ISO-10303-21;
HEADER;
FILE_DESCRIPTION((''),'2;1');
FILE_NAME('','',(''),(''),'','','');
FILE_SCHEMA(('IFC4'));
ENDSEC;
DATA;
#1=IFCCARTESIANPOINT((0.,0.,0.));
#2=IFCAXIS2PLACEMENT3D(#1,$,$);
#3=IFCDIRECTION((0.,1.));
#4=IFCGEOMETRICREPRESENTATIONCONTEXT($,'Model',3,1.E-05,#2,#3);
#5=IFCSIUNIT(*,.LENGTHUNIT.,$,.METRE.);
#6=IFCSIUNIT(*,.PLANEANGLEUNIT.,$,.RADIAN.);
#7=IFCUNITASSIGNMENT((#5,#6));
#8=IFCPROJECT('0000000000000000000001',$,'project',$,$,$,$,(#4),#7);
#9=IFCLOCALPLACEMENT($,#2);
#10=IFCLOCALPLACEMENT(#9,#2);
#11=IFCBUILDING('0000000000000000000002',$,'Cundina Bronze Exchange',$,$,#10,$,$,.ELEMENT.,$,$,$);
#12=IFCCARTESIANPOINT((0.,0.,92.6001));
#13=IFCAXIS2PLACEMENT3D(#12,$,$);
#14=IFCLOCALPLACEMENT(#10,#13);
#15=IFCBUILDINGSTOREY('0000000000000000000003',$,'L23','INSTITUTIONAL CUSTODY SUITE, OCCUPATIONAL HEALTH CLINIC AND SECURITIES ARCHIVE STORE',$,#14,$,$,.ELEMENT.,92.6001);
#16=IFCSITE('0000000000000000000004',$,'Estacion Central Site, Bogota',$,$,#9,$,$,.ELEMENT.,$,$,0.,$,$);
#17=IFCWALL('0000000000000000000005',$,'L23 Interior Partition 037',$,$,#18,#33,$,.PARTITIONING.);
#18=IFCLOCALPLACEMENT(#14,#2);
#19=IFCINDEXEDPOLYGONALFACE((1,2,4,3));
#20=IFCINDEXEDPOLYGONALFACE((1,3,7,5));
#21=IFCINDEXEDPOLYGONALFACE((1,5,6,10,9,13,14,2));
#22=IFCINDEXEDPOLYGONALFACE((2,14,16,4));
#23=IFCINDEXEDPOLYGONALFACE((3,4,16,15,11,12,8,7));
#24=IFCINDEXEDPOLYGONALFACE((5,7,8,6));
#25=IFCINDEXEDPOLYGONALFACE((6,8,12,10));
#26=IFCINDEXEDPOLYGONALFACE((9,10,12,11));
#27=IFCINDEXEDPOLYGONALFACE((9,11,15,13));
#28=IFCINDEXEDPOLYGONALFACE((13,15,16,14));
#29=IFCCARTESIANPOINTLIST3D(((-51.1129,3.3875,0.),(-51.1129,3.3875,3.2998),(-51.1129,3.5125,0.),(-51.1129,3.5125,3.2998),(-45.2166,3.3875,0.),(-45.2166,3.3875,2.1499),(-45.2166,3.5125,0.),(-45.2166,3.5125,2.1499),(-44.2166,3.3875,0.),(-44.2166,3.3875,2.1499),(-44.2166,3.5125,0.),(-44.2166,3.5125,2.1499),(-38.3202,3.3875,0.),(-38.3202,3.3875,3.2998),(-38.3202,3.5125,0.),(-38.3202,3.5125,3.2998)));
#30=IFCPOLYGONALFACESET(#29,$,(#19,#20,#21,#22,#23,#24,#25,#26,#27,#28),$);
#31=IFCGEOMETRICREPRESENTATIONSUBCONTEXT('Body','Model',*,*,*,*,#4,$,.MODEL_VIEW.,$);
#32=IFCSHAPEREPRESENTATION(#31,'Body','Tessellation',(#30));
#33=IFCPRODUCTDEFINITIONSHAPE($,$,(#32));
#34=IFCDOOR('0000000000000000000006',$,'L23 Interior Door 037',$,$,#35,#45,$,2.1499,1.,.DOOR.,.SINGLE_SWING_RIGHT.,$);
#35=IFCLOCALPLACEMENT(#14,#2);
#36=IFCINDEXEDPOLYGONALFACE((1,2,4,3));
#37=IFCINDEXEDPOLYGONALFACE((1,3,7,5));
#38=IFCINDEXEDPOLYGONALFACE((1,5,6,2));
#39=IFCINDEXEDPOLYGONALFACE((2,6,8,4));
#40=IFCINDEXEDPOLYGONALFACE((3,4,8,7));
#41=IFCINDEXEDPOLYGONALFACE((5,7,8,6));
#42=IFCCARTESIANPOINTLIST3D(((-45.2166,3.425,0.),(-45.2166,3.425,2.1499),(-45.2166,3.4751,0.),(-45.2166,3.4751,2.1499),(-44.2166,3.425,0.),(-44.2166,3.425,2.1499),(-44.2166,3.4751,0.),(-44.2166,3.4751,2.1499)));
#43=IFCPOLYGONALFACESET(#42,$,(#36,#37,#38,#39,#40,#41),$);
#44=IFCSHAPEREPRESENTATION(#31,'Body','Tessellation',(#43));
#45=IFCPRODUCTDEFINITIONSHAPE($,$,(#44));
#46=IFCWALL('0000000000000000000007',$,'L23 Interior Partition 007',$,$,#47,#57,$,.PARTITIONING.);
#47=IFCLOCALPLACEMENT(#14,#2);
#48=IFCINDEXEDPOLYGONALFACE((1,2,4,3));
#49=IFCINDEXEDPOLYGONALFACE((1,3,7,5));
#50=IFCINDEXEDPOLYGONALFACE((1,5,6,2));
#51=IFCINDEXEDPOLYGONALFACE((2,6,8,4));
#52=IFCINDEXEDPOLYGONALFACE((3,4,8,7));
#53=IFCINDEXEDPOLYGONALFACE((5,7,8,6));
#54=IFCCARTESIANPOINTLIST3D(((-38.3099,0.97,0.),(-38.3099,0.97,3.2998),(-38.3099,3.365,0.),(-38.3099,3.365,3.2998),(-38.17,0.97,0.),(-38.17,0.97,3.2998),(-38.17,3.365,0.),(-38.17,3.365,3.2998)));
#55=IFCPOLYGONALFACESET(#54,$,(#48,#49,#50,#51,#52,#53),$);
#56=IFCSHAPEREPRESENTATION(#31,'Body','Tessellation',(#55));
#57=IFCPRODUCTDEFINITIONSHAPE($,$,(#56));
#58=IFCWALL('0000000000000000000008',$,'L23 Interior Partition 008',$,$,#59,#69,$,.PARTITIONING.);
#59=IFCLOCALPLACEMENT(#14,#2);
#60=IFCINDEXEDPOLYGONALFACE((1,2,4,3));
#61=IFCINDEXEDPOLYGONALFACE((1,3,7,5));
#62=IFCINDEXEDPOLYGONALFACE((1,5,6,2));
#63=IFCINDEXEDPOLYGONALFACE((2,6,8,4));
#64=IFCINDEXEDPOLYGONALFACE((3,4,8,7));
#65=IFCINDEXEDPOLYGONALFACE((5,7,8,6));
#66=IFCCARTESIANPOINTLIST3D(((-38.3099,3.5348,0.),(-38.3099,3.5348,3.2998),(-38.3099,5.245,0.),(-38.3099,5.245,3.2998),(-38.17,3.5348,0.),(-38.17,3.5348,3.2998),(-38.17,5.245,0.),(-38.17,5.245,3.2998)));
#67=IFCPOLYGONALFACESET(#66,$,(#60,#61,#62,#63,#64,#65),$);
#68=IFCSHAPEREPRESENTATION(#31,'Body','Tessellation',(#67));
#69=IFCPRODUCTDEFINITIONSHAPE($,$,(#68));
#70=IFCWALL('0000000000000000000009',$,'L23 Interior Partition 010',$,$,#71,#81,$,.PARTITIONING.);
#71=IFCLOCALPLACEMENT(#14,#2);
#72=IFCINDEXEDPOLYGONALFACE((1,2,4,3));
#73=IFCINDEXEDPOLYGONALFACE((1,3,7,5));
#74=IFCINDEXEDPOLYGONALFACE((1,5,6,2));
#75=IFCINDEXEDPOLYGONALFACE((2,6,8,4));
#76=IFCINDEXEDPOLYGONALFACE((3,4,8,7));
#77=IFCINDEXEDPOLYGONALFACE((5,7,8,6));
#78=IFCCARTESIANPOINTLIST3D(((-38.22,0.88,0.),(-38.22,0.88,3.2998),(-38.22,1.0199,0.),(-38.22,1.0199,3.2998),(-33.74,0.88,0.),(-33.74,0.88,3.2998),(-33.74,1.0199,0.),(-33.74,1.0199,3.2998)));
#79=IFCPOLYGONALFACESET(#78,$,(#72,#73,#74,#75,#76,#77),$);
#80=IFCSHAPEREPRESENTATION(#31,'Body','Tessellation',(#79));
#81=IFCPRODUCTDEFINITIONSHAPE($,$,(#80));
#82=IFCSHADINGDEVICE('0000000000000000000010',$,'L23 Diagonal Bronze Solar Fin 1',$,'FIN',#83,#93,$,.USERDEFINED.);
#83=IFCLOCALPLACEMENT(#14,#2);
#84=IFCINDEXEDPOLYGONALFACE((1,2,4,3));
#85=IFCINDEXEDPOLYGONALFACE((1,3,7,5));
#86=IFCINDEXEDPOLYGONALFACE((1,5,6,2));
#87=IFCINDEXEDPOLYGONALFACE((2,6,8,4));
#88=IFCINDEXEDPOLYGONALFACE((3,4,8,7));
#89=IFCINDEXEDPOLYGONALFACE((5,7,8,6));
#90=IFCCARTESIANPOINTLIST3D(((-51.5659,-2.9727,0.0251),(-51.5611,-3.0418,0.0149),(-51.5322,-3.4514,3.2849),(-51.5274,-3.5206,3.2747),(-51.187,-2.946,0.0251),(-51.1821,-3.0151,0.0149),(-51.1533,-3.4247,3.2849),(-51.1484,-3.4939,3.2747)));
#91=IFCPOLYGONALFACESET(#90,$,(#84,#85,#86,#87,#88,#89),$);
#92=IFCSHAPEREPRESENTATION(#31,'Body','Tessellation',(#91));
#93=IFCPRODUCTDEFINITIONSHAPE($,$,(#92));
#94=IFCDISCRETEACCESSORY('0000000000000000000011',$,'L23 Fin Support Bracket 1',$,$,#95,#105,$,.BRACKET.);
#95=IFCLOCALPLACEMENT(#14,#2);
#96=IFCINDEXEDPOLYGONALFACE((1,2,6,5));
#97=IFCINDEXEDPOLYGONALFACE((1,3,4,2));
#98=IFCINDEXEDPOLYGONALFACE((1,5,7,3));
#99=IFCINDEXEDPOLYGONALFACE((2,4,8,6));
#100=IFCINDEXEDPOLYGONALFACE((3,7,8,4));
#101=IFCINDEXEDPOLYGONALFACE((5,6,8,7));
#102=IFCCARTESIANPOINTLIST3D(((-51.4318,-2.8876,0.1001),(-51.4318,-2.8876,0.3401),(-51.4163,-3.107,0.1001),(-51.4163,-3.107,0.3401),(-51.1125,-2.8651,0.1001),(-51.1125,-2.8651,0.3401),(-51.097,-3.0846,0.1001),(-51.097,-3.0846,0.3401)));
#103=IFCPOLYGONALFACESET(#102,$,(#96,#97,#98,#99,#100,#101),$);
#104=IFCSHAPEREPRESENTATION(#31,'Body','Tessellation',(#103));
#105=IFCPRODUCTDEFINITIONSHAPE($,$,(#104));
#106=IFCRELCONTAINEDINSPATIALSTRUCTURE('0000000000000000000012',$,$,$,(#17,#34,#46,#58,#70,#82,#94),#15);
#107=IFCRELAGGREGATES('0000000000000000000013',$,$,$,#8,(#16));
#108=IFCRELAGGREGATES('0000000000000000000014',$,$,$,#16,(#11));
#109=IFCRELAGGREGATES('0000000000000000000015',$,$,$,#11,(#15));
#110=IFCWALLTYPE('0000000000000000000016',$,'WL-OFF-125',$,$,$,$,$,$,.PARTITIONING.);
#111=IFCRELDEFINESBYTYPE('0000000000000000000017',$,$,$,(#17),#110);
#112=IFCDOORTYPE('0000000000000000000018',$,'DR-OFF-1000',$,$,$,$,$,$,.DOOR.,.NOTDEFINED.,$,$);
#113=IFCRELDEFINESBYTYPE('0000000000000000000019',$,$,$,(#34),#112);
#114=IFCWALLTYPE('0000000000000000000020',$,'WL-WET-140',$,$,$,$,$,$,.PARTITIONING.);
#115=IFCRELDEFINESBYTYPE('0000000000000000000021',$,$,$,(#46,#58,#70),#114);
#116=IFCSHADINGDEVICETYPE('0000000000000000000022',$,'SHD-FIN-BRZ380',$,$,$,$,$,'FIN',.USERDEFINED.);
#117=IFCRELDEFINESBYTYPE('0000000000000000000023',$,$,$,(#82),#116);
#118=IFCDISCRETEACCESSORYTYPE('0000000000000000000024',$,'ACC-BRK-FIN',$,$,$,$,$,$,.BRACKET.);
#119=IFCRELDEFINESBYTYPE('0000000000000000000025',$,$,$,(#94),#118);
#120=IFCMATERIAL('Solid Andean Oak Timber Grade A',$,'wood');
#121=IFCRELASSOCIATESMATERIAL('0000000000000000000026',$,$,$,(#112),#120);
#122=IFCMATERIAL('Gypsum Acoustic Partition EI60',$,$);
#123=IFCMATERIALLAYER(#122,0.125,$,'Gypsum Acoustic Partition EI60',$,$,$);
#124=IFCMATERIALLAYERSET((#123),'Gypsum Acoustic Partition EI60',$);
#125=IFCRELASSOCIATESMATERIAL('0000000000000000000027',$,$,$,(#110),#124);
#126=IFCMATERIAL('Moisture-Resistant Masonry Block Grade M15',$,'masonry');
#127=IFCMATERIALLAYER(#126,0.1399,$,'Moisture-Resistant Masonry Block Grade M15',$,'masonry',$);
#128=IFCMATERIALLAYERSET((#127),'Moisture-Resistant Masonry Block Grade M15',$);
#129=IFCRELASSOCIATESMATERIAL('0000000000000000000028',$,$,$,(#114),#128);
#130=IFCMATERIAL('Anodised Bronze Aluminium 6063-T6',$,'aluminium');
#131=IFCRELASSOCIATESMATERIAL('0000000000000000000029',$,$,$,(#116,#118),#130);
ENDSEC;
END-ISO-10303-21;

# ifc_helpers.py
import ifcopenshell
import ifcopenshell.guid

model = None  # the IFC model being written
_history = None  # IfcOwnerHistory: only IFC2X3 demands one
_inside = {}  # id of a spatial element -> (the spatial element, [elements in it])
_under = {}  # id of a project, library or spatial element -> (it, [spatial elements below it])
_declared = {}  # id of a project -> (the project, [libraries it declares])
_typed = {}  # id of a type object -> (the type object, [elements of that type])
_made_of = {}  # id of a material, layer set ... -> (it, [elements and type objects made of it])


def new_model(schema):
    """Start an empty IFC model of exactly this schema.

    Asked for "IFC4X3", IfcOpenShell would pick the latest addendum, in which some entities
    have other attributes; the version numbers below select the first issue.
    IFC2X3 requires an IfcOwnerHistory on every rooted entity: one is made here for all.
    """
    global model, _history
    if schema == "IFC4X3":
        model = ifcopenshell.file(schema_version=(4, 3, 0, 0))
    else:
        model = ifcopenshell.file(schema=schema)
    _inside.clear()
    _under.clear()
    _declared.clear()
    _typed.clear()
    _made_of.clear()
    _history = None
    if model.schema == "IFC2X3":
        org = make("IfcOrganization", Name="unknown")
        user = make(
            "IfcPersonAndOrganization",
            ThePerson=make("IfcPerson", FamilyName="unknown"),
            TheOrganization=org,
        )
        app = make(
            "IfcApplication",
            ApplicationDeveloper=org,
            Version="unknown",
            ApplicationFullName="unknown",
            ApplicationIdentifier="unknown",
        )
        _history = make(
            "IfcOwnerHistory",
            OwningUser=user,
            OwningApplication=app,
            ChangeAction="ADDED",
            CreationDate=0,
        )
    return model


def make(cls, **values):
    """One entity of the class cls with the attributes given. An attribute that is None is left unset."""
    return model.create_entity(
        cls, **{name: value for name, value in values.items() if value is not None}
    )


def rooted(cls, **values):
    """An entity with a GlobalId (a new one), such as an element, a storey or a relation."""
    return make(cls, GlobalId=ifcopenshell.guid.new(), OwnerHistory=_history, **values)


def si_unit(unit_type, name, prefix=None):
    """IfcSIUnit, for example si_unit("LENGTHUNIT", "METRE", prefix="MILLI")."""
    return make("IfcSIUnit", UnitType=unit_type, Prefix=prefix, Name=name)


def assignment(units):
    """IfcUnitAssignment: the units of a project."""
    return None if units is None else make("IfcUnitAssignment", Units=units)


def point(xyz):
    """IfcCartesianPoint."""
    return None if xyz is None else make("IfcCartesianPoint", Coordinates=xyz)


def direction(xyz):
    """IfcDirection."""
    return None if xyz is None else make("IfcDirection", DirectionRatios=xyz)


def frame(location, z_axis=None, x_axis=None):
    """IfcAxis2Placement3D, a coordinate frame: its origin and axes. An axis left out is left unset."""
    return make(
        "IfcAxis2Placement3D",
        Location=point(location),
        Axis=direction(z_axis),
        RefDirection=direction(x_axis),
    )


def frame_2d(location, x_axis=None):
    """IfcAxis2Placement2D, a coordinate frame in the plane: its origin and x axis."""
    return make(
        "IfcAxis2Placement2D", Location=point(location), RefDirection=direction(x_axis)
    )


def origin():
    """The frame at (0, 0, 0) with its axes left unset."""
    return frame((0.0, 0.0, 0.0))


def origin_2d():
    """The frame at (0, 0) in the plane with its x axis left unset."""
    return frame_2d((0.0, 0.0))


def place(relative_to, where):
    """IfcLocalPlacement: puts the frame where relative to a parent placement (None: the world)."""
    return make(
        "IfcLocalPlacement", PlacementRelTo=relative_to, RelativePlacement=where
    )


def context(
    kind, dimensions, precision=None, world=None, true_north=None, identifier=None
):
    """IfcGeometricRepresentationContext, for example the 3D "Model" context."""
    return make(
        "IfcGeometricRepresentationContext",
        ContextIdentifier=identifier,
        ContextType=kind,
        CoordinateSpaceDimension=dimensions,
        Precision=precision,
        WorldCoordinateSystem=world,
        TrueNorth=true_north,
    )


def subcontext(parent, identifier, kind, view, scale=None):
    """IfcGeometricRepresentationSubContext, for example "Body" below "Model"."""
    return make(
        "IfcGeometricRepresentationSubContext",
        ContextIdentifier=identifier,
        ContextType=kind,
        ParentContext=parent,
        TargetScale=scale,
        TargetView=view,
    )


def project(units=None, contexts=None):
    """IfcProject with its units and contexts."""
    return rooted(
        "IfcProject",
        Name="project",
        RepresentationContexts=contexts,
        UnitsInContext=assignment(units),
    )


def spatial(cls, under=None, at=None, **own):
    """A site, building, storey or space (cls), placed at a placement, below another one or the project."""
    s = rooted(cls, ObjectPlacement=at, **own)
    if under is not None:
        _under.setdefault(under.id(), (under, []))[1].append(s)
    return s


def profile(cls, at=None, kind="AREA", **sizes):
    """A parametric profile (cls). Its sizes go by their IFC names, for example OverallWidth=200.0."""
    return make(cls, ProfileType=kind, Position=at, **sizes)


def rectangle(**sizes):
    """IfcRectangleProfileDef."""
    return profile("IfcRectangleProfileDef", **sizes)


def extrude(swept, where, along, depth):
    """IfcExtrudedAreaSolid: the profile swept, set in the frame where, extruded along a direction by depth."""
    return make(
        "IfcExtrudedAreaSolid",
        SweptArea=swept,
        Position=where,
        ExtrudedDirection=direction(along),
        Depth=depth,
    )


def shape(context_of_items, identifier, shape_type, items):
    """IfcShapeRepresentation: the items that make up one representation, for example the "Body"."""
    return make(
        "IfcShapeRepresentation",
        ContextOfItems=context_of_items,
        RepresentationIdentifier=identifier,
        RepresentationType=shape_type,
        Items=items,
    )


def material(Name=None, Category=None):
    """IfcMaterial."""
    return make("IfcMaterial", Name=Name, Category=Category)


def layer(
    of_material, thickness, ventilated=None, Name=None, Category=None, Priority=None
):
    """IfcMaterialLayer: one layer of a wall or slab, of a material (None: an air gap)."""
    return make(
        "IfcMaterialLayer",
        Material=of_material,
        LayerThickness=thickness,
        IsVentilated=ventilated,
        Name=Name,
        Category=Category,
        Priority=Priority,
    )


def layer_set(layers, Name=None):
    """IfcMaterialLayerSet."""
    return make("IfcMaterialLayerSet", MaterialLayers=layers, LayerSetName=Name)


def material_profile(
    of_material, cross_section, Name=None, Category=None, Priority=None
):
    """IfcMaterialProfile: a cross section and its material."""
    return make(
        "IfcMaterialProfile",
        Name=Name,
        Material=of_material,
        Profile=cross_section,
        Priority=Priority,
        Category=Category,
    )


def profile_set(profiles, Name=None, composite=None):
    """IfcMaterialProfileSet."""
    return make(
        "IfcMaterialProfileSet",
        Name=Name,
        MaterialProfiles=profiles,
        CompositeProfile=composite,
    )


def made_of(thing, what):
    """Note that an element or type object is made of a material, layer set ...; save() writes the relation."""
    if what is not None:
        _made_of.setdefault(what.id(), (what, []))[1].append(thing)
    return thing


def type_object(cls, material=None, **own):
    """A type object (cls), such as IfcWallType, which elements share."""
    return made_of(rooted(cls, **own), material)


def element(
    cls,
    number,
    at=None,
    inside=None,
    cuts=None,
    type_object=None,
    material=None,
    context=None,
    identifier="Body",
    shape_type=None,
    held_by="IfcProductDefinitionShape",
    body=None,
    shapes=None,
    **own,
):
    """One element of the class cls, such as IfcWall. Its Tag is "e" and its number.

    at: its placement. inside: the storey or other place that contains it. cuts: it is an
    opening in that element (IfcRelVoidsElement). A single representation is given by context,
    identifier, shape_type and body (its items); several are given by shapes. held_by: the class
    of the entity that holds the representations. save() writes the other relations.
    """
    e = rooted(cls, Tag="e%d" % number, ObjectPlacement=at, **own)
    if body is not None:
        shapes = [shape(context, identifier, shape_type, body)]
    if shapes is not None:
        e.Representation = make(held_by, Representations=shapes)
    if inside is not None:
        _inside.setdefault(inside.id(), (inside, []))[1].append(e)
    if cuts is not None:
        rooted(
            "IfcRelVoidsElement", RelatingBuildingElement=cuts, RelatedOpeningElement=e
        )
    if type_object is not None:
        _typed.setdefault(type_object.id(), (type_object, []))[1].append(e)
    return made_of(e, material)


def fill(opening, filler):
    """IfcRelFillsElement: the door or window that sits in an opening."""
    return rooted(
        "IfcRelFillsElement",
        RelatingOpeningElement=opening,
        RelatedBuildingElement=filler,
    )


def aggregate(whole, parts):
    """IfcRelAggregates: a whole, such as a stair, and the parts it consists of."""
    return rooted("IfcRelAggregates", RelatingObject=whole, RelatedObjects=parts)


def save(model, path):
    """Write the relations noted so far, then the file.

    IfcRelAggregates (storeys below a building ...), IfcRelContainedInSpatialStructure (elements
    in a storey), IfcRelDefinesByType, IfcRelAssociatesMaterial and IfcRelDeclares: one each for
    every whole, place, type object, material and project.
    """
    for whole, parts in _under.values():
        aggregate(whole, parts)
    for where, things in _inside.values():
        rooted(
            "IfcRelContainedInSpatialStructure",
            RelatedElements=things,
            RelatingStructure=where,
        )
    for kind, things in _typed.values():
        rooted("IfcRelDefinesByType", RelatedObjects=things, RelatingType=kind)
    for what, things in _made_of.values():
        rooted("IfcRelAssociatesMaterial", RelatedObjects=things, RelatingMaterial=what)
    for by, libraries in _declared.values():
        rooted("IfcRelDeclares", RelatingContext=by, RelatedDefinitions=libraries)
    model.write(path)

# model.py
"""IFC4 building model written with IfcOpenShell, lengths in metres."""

from ifc_helpers import new_model, si_unit, direction, frame, frame_2d, origin, origin_2d, place, context, subcontext, project, spatial, rectangle, extrude, material, layer, layer_set, material_profile, profile_set, type_object, element, fill, save


model = new_model("IFC4")

# Units and contexts
model_context = context("Model", 3, precision=1e-05, world=origin(), true_north=direction((0.0, 1.0)))
body_context = subcontext(model_context, "Body", "Model", "MODEL_VIEW")
ifc_project = project(units=[si_unit("LENGTHUNIT", "METRE"), si_unit("PLANEANGLEUNIT", "RADIAN")], contexts=[model_context])

# Site, building, storey
site_placement = place(None, origin())
site = spatial("IfcSite", under=ifc_project, at=site_placement, Name="Estacion Central Site, Bogota", CompositionType="ELEMENT", RefElevation=0.0)
building_placement = place(site_placement, origin())
building = spatial("IfcBuilding", under=site, at=building_placement, Name="Cundina Bronze Exchange", CompositionType="ELEMENT")
storey_placement = place(building_placement, frame((0.0, 0.0, 92.6001)))
storey = spatial("IfcBuildingStorey", under=building, at=storey_placement, Name="L23", Description="INSTITUTIONAL CUSTODY SUITE, OCCUPATIONAL HEALTH CLINIC AND SECURITIES ARCHIVE STORE", CompositionType="ELEMENT", Elevation=92.6001)

# Shared definitions
ifc_material_1 = material(Name="Anodised Bronze Aluminium 6063-T6", Category="aluminium")

# Wall, opening, door
ifc_material_2 = material(Name="Solid Andean Oak Timber Grade A", Category="wood")
door_type_1 = type_object("IfcDoorType", Name="DR-OFF-1000", OperationType="NOTDEFINED", PredefinedType="DOOR", material=ifc_material_2)
ifc_material_3 = material(Name="Gypsum Acoustic Partition EI60")
ifc_layer_1 = layer(ifc_material_3, 0.125, Name="Gypsum Acoustic Partition EI60")
ifc_layer_set_1 = layer_set([ifc_layer_1], Name="Gypsum Acoustic Partition EI60")
wall_type_1 = type_object("IfcWallType", Name="WL-OFF-125", PredefinedType="PARTITIONING", material=ifc_layer_set_1)
wall_1_placement = place(storey_placement, frame((-38.3201, 3.45, 0.0), z_axis=(0.0, 0.0, 1.0), x_axis=(-1.0, 0.0, 0.0)))
wall_1 = element("IfcWall", 1, at=wall_1_placement, inside=storey, type_object=wall_type_1, Name="L23 Interior Partition 037", PredefinedType="PARTITIONING", context=body_context, shape_type="SweptSolid", body=[
    extrude(rectangle(XDim=12.7927, YDim=0.125, at=frame_2d((6.3965, 0.0))), origin(), (0.0, 0.0, 1.0), 3.2998),
])
opening_1_placement = place(wall_1_placement, frame((5.8965, 0.0, 0.0)))
opening_1 = element("IfcOpeningElement", 2, at=opening_1_placement, cuts=wall_1, PredefinedType="OPENING", context=body_context, shape_type="SweptSolid", body=[
    extrude(rectangle(XDim=1.0, YDim=2.1499, at=frame_2d((0.5, 1.075))), frame((0.0, 0.0725, 0.0), z_axis=(0.0, -1.0, 0.0), x_axis=(1.0, 0.0, 0.0)), (0.0, 0.0, 1.0), 0.145),
])
door_1_placement = place(opening_1_placement, origin())
door_1 = element("IfcDoor", 3, at=door_1_placement, inside=storey, type_object=door_type_1, Name="L23 Interior Door 037", OperationType="SINGLE_SWING_RIGHT", OverallHeight=2.1499, OverallWidth=1.0, PredefinedType="DOOR", context=body_context, shape_type="SweptSolid", body=[
    extrude(rectangle(XDim=1.0, YDim=2.1499, at=frame_2d((0.5, 1.075))), frame((0.0, 0.0249, 0.0), z_axis=(0.0, -1.0, 0.0), x_axis=(1.0, 0.0, 0.0)), (0.0, 0.0, 1.0), 0.05),
])
fill(opening_1, door_1)

# Walls
ifc_material_4 = material(Name="Moisture-Resistant Masonry Block Grade M15", Category="masonry")
ifc_layer_2 = layer(ifc_material_4, 0.1399, Name="Moisture-Resistant Masonry Block Grade M15", Category="masonry")
ifc_layer_set_2 = layer_set([ifc_layer_2], Name="Moisture-Resistant Masonry Block Grade M15")
wall_type_2 = type_object("IfcWallType", Name="WL-WET-140", PredefinedType="PARTITIONING", material=ifc_layer_set_2)
wall_2_placement = place(storey_placement, frame((-38.24, 0.97, 0.0), z_axis=(0.0, 0.0, 1.0), x_axis=(0.0, 1.0, 0.0)))
element("IfcWall", 4, at=wall_2_placement, inside=storey, type_object=wall_type_2, Name="L23 Interior Partition 007", PredefinedType="PARTITIONING", context=body_context, shape_type="SweptSolid", body=[
    extrude(rectangle(XDim=2.395, YDim=0.1399, at=frame_2d((1.1975, 0.0))), origin(), (0.0, 0.0, 1.0), 3.2998),
])
wall_3_placement = place(storey_placement, frame((-38.24, 3.5349, 0.0), z_axis=(0.0, 0.0, 1.0), x_axis=(0.0, 1.0, 0.0)))
element("IfcWall", 5, at=wall_3_placement, inside=storey, type_object=wall_type_2, Name="L23 Interior Partition 008", PredefinedType="PARTITIONING", context=body_context, shape_type="SweptSolid", body=[
    extrude(rectangle(XDim=1.7102, YDim=0.1399, at=frame_2d((0.855, 0.0))), origin(), (0.0, 0.0, 1.0), 3.2998),
])
wall_4_placement = place(storey_placement, frame((-38.22, 0.95, 0.0), z_axis=(0.0, 0.0, 1.0), x_axis=(1.0, 0.0, 0.0)))
element("IfcWall", 6, at=wall_4_placement, inside=storey, type_object=wall_type_2, Name="L23 Interior Partition 010", PredefinedType="PARTITIONING", context=body_context, shape_type="SweptSolid", body=[
    extrude(rectangle(XDim=4.48, YDim=0.1399, at=frame_2d((2.24, 0.0))), origin(), (0.0, 0.0, 1.0), 3.2998),
])

# Shading device
ifc_material_profile_1 = material_profile(ifc_material_1, rectangle(XDim=0.0701, YDim=0.3799, at=origin_2d()), Name="FIN70X380", Category="aluminium")
ifc_profile_set_1 = profile_set([ifc_material_profile_1], Name="Anodised Bronze Aluminium 6063-T6")
shading_device_type = type_object("IfcShadingDeviceType", Name="SHD-FIN-BRZ380", ElementType="FIN", PredefinedType="USERDEFINED", material=ifc_profile_set_1)
shading_device_placement = place(storey_placement, frame((-51.374, -2.9939, 0.02), z_axis=(0.010225, -0.145303, 0.989334), x_axis=(-0.06945, 0.986894, 0.145662)))
element("IfcShadingDevice", 7, at=shading_device_placement, inside=storey, type_object=shading_device_type, Name="L23 Diagonal Bronze Solar Fin 1", ObjectType="FIN", PredefinedType="USERDEFINED", context=body_context, shape_type="SweptSolid", body=[
    extrude(rectangle(XDim=0.0701, YDim=0.3799, at=origin_2d()), origin(), (0.0, 0.0, 1.0), 3.2949),
])

# Discrete accessory
discrete_accessory_type = type_object("IfcDiscreteAccessoryType", Name="ACC-BRK-FIN", PredefinedType="BRACKET", material=ifc_material_1)
discrete_accessory_placement = place(storey_placement, frame((-51.2644, -2.9861, 0.1001), z_axis=(0.0, 0.0, 1.0), x_axis=(0.070279, -0.997527, 0.0)))
element("IfcDiscreteAccessory", 8, at=discrete_accessory_placement, inside=storey, type_object=discrete_accessory_type, Name="L23 Fin Support Bracket 1", PredefinedType="BRACKET", context=body_context, shape_type="SweptSolid", body=[
    extrude(rectangle(XDim=0.22, YDim=0.3201, at=origin_2d()), origin(), (0.0, 0.0, 1.0), 0.24),
])

save(model, "model.ifc")
